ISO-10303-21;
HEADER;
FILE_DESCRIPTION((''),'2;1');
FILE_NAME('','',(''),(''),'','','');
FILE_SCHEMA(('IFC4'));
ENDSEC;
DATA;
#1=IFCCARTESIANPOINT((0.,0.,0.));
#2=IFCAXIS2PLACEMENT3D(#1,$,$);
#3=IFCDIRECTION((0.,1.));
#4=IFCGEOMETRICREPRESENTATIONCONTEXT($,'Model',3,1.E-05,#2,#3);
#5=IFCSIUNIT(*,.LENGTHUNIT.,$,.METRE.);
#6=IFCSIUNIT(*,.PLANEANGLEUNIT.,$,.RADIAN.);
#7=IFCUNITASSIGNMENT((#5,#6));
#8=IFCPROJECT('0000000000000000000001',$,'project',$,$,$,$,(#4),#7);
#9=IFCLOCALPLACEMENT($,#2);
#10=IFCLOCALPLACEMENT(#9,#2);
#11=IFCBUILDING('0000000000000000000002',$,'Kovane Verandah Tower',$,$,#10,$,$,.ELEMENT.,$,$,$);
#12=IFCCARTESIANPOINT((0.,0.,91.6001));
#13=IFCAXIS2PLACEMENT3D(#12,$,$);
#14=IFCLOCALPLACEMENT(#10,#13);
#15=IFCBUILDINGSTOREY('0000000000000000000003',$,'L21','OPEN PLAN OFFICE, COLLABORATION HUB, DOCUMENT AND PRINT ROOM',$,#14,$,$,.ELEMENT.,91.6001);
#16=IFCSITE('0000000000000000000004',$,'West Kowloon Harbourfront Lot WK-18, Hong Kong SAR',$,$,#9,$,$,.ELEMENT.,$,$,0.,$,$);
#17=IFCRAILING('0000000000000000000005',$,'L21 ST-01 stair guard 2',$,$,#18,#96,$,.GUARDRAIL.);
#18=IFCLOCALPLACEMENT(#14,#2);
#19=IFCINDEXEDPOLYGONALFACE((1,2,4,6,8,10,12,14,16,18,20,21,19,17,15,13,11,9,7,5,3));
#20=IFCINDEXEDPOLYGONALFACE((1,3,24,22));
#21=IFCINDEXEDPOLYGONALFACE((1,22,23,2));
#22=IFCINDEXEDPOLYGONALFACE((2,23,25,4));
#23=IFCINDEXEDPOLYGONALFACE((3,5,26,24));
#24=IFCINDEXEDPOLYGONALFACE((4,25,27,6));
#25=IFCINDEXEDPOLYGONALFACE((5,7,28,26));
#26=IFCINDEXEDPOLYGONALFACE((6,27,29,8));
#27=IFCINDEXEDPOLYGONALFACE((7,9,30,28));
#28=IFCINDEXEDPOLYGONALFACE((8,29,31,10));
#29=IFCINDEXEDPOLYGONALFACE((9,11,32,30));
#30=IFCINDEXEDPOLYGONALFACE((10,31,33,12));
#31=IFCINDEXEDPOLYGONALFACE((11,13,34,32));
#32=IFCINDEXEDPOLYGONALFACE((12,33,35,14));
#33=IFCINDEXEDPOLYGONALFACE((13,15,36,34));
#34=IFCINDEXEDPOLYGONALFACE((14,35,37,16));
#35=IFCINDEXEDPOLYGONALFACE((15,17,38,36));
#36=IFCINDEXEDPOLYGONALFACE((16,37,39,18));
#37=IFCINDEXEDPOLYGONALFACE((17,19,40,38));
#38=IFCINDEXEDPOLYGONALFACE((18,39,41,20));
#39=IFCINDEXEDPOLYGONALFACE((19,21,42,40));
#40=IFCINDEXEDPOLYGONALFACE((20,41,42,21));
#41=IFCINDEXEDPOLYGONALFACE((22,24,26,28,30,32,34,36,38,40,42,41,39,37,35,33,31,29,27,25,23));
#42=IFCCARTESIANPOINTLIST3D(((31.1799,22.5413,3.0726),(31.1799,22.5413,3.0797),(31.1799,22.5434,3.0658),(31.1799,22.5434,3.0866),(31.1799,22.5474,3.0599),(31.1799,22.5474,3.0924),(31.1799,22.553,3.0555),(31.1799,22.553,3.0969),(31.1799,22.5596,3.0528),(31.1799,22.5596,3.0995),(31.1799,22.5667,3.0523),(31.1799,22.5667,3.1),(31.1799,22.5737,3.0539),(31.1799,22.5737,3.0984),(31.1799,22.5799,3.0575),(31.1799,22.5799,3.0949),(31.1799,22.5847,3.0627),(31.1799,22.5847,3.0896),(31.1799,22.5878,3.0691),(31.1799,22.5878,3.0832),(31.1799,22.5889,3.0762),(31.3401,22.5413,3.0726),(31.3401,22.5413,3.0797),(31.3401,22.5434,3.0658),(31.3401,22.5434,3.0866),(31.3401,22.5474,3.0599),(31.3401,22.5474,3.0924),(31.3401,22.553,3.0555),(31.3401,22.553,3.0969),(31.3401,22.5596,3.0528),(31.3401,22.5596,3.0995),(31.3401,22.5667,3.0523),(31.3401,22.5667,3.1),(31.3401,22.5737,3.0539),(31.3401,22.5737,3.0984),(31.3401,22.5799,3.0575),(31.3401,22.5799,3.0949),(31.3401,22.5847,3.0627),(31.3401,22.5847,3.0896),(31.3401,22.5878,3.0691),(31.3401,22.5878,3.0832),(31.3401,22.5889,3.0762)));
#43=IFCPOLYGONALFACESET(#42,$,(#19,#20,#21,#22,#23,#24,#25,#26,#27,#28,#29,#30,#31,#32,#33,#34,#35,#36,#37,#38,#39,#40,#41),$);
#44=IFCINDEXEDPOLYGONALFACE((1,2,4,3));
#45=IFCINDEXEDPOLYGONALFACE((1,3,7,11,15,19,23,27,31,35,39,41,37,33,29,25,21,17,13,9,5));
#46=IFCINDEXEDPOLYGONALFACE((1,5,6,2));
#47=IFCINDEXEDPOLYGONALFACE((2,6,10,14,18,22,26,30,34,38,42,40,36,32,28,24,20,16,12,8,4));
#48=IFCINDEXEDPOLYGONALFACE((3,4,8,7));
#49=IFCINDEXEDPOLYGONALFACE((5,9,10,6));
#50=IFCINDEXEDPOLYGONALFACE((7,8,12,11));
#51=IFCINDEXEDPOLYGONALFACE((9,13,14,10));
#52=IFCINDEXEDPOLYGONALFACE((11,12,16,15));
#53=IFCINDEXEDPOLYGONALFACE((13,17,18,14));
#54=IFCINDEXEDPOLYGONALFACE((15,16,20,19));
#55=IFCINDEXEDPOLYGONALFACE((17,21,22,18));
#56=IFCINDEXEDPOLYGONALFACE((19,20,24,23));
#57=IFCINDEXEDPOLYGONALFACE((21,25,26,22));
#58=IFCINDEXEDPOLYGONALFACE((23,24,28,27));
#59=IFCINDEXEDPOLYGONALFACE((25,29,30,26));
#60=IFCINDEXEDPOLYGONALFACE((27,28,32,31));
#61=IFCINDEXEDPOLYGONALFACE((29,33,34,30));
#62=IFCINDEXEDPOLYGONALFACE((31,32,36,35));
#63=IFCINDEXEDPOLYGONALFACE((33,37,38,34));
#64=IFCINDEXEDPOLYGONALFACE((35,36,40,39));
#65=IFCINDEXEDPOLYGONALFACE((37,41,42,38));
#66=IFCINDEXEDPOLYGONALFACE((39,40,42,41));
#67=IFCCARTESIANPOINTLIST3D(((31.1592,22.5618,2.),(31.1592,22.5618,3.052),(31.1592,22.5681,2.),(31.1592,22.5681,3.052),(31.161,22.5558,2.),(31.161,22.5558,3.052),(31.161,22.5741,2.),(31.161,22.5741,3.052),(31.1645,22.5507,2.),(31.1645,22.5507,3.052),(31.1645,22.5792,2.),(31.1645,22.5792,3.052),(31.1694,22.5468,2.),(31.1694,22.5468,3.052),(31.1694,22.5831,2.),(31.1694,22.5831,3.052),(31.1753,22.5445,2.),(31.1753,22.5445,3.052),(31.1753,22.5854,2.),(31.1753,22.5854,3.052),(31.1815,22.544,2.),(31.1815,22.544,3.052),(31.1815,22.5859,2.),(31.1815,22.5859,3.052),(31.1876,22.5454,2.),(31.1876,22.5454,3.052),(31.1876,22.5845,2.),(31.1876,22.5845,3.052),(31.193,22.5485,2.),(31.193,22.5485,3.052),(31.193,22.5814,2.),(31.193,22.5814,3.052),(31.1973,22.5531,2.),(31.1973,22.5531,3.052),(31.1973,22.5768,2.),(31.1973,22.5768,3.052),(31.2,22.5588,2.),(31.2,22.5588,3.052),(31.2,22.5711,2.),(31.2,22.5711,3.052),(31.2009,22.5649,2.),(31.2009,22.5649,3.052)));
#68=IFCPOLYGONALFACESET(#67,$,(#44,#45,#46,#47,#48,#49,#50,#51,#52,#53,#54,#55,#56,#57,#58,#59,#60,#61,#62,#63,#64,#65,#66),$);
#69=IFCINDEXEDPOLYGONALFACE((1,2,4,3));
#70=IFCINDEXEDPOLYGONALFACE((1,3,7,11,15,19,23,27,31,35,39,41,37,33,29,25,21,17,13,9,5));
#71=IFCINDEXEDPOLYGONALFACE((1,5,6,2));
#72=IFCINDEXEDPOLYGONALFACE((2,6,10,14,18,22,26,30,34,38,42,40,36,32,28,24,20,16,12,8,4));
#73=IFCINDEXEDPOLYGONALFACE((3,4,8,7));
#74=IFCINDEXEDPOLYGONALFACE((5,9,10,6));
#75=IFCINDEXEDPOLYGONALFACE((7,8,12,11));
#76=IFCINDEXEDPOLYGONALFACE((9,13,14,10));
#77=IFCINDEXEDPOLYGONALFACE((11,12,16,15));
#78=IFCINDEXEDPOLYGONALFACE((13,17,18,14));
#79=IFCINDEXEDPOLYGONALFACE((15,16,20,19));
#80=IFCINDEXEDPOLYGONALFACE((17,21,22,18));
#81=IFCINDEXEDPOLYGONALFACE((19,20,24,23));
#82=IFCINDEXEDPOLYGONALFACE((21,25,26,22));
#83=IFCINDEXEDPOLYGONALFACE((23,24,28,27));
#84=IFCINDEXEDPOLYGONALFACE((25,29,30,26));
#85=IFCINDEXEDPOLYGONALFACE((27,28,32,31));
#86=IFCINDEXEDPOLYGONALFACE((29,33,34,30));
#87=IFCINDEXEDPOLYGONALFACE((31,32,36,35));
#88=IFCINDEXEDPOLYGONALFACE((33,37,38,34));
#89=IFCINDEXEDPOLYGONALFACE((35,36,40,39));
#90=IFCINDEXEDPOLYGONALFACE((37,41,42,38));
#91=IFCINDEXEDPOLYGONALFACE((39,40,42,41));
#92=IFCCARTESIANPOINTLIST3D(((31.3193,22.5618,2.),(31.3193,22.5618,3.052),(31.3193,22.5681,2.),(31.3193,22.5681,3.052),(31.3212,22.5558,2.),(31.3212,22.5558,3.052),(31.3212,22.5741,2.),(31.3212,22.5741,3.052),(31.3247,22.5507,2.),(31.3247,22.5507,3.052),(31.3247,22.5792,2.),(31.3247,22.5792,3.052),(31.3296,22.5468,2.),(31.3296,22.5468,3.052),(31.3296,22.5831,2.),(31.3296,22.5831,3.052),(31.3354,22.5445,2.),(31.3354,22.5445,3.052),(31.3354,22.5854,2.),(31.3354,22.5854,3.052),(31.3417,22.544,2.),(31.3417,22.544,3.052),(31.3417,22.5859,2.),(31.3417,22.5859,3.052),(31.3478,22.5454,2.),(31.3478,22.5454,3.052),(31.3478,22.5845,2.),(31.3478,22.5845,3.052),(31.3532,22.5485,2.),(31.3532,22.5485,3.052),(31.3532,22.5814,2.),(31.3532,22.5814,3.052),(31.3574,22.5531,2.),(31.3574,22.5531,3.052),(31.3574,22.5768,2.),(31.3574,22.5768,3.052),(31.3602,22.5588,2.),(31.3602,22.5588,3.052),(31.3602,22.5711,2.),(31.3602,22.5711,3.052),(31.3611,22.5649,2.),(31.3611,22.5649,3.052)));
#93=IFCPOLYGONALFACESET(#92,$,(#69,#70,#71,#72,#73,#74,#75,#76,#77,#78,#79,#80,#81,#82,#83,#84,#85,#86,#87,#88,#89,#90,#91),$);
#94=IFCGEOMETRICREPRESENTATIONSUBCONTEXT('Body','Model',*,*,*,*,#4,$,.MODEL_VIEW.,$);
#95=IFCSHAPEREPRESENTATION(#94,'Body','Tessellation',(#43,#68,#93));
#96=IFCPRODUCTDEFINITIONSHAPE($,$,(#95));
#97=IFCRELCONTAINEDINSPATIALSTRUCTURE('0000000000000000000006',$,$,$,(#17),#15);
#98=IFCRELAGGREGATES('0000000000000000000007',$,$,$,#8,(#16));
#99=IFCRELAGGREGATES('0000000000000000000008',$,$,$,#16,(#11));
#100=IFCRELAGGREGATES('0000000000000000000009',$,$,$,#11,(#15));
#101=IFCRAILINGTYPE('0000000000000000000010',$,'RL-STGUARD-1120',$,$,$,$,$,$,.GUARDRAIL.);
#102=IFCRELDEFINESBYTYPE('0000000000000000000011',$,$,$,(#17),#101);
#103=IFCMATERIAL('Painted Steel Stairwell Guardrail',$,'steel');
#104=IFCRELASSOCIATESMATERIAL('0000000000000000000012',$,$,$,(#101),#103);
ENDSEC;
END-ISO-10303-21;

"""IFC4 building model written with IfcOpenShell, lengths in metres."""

from ifc_helpers import new_model, si_unit, direction, frame, origin, origin_2d, place, context, subcontext, project, spatial, circle, extrude, material, type_object, element, save


model = new_model("IFC4")

# Units and contexts
model_context = context("Model", 3, precision=1e-05, world=origin(), true_north=direction((0.0, 1.0)))
body_context = subcontext(model_context, "Body", "Model", "MODEL_VIEW")
ifc_project = project(units=[si_unit("LENGTHUNIT", "METRE"), si_unit("PLANEANGLEUNIT", "RADIAN")], contexts=[model_context])

# Site, building, storey
site_placement = place(None, origin())
site = spatial("IfcSite", under=ifc_project, at=site_placement, Name="West Kowloon Harbourfront Lot WK-18, Hong Kong SAR", CompositionType="ELEMENT", RefElevation=0.0)
building_placement = place(site_placement, origin())
building = spatial("IfcBuilding", under=site, at=building_placement, Name="Kovane Verandah Tower", CompositionType="ELEMENT")
storey_placement = place(building_placement, frame((0.0, 0.0, 91.6001)))
storey = spatial("IfcBuildingStorey", under=building, at=storey_placement, Name="L21", Description="OPEN PLAN OFFICE, COLLABORATION HUB, DOCUMENT AND PRINT ROOM", CompositionType="ELEMENT", Elevation=91.6001)

# Railing
ifc_material_1 = material(Name="Painted Steel Stairwell Guardrail", Category="steel")
railing_type_1 = type_object("IfcRailingType", Name="RL-STGUARD-1120", PredefinedType="GUARDRAIL", material=ifc_material_1)
railing_1_placement = place(storey_placement, frame((31.1799, 22.5649, 2.0)))
element("IfcRailing", 1, at=railing_1_placement, inside=storey, type_object=railing_type_1, Name="L21 ST-01 stair guard 2", PredefinedType="GUARDRAIL", context=body_context, shape_type="SweptSolid", body=[
    extrude(circle(Radius=0.0239, at=origin_2d()), frame((0.0, 0.0, 1.0762), z_axis=(1.0, 0.0, 0.0), x_axis=(0.0, 1.0, 0.0)), (0.0, 0.0, 1.0), 0.1602),
    extrude(circle(Radius=0.021, at=origin_2d()), origin(), (0.0, 0.0, 1.0), 1.052),
    extrude(circle(Radius=0.021, at=origin_2d()), frame((0.1602, 0.0, 0.0)), (0.0, 0.0, 1.0), 1.052),
])

save(model, "model.ifc")
